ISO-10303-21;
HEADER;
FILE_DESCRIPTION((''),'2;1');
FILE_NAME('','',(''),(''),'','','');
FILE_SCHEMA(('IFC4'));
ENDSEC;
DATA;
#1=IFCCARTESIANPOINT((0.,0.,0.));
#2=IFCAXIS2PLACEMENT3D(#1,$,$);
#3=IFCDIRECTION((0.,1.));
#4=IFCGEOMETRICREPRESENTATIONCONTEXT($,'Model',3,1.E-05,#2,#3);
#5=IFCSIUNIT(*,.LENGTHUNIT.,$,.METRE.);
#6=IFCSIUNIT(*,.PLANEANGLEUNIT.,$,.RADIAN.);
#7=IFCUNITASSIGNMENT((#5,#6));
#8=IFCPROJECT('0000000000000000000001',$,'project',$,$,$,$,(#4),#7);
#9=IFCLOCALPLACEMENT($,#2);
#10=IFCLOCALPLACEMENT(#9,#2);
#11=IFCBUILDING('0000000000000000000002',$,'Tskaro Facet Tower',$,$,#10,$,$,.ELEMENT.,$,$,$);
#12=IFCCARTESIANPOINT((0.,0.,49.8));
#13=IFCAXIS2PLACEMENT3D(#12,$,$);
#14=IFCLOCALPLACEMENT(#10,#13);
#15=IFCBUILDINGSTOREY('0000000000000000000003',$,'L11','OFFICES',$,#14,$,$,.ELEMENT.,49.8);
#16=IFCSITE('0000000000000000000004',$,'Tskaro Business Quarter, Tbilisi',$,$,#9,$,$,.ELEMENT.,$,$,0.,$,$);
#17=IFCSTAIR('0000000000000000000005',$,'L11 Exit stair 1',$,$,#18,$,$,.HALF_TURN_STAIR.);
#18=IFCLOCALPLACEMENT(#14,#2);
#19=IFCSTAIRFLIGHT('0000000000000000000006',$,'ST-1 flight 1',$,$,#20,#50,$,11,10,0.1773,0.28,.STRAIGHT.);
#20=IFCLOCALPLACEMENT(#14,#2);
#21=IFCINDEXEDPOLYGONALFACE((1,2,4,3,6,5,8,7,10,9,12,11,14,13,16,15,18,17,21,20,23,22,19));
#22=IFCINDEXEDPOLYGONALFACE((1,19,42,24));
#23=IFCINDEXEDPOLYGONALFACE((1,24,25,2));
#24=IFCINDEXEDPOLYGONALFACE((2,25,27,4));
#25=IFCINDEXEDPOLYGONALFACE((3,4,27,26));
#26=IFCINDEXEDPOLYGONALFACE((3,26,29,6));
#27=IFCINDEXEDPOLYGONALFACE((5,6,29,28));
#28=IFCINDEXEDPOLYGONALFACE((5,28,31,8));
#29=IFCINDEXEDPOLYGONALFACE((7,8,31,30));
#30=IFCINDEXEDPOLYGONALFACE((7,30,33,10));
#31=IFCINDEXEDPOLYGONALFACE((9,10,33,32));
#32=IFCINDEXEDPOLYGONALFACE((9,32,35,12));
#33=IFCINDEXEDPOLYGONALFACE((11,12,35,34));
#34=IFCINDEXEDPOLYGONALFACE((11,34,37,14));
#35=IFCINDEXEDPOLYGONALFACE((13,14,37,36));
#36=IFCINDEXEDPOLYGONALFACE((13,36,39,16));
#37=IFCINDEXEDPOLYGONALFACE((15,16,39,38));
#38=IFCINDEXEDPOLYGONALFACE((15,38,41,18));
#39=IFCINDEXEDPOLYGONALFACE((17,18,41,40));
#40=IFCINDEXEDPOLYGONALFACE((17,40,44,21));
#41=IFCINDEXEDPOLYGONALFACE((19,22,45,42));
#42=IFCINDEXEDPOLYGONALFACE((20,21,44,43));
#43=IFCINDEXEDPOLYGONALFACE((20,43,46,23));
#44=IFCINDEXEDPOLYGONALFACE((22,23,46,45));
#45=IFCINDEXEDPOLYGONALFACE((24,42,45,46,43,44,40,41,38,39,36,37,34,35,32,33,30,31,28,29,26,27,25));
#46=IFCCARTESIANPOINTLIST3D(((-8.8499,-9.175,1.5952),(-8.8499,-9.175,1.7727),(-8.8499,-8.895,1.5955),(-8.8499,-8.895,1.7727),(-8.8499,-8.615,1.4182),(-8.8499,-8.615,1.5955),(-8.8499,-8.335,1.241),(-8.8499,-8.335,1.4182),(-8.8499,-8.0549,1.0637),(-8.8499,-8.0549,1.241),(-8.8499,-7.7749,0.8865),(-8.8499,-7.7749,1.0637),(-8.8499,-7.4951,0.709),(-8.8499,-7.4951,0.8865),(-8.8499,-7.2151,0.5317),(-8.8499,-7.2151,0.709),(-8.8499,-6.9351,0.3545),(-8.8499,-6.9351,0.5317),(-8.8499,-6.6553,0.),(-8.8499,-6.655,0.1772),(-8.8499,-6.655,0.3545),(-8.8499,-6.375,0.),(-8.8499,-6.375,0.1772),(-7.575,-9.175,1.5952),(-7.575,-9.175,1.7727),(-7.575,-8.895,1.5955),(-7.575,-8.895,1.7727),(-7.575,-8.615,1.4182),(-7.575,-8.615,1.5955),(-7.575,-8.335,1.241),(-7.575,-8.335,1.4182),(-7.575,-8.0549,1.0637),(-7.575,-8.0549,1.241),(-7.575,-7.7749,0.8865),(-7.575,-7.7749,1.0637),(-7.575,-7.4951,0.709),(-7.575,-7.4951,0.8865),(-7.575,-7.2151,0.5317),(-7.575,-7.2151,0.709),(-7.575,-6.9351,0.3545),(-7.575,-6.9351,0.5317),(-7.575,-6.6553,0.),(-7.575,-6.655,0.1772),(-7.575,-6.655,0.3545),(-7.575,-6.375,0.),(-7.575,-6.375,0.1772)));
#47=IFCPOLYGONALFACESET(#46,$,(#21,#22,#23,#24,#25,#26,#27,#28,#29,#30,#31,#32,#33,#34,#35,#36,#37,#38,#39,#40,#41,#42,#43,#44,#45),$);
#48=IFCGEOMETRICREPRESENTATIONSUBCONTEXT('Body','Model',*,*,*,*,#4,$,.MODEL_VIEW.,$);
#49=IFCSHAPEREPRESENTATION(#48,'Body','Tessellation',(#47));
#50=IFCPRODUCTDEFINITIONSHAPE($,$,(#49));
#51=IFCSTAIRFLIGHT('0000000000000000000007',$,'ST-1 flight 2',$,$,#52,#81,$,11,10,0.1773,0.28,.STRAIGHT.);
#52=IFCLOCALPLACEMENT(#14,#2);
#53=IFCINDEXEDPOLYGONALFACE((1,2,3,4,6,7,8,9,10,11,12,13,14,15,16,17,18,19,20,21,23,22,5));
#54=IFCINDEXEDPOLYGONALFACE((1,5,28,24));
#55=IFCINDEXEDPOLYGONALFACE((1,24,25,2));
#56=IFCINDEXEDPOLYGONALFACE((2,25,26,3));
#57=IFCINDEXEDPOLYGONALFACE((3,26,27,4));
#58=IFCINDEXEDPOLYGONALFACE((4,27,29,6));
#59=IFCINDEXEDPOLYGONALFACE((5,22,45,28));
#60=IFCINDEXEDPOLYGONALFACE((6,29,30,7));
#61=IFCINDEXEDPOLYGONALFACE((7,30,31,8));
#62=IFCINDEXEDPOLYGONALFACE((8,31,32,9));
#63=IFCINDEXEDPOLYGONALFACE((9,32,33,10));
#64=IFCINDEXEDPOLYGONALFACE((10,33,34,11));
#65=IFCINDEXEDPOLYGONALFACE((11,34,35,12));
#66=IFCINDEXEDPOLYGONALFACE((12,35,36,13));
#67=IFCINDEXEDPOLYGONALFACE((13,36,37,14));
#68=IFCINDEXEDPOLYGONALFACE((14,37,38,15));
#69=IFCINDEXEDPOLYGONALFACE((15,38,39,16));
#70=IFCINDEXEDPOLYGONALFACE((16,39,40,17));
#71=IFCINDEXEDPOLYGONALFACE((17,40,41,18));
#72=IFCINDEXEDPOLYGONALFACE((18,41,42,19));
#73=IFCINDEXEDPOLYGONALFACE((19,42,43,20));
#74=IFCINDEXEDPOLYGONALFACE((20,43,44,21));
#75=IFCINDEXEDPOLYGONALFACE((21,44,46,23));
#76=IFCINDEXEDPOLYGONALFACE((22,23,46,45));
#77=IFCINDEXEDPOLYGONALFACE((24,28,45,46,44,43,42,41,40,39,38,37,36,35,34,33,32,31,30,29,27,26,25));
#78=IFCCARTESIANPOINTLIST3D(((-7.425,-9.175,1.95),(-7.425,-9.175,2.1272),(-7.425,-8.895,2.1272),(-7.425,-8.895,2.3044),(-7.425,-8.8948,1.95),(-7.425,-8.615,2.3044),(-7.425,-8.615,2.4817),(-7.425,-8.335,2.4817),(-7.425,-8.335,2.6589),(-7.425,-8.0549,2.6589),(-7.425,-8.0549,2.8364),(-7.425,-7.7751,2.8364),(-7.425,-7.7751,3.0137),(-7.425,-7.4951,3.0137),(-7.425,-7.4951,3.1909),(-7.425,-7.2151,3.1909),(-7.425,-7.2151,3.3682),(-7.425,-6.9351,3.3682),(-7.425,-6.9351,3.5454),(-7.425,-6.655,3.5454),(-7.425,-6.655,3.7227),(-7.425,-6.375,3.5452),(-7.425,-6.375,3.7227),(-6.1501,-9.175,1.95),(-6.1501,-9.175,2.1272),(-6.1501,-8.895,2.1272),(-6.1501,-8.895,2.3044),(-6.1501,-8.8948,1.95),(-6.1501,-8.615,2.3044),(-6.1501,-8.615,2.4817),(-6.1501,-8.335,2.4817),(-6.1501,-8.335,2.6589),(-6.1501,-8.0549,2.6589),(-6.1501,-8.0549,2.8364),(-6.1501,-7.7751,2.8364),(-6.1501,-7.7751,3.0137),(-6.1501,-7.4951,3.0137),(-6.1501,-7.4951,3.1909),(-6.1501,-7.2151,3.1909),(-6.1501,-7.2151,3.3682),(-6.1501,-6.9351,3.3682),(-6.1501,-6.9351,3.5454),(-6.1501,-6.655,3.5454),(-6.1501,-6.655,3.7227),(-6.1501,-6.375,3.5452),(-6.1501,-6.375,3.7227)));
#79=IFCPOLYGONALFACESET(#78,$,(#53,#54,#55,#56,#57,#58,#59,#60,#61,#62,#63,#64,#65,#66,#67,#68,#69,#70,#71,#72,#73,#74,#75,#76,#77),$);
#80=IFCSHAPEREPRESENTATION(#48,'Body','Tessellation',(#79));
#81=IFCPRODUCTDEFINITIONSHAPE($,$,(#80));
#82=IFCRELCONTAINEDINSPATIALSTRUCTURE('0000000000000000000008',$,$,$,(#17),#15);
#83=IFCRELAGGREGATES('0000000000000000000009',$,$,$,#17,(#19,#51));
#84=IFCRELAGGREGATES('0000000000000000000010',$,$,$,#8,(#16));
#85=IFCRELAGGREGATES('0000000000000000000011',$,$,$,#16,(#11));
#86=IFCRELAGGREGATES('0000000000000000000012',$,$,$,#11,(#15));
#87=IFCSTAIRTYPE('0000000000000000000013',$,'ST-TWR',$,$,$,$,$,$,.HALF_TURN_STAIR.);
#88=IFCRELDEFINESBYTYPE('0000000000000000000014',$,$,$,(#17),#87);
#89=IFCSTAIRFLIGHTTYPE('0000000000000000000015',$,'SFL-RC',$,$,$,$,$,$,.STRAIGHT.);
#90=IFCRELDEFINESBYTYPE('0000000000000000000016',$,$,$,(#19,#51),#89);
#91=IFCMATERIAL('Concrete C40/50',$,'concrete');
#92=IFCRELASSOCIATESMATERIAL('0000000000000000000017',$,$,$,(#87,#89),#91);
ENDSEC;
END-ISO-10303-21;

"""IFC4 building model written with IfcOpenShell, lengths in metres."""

from ifc_helpers import new_model, si_unit, direction, frame, origin, place, context, subcontext, project, spatial, polyline, outline, extrude, material, type_object, element, aggregate, save


model = new_model("IFC4")

# Units and contexts
model_context = context("Model", 3, precision=1e-05, world=origin(), true_north=direction((0.0, 1.0)))
body_context = subcontext(model_context, "Body", "Model", "MODEL_VIEW")
ifc_project = project(units=[si_unit("LENGTHUNIT", "METRE"), si_unit("PLANEANGLEUNIT", "RADIAN")], contexts=[model_context])

# Site, building, storey
site_placement = place(None, origin())
site = spatial("IfcSite", under=ifc_project, at=site_placement, Name="Tskaro Business Quarter, Tbilisi", CompositionType="ELEMENT", RefElevation=0.0)
building_placement = place(site_placement, origin())
building = spatial("IfcBuilding", under=site, at=building_placement, Name="Tskaro Facet Tower", CompositionType="ELEMENT")
storey_placement = place(building_placement, frame((0.0, 0.0, 49.8)))
storey = spatial("IfcBuildingStorey", under=building, at=storey_placement, Name="L11", Description="OFFICES", CompositionType="ELEMENT", Elevation=49.8)

# Stair, stair flights
ifc_material_1 = material(Name="Concrete C40/50", Category="concrete")
stair_type = type_object("IfcStairType", Name="ST-TWR", PredefinedType="HALF_TURN_STAIR", material=ifc_material_1)
stair_placement = place(storey_placement, origin())
stair = element("IfcStair", 1, at=stair_placement, inside=storey, type_object=stair_type, Name="L11 Exit stair 1", PredefinedType="HALF_TURN_STAIR")
stair_flight_type = type_object("IfcStairFlightType", Name="SFL-RC", PredefinedType="STRAIGHT", material=ifc_material_1)
stair_flight_1_placement = place(storey_placement, frame((-8.2124, -6.375, 0.0), z_axis=(0.0, 0.0, 1.0), x_axis=(0.0, -1.0, 0.0)))
stair_flight_1 = element("IfcStairFlight", 2, at=stair_flight_1_placement, type_object=stair_flight_type, Name="ST-1 flight 1", NumberOfRisers=11, NumberOfTreads=10, PredefinedType="STRAIGHT", RiserHeight=0.1773, TreadLength=0.28, context=body_context, shape_type="SweptSolid", body=[
    extrude(outline(polyline([(0.0, 0.0), (0.0, 0.1772), (0.28, 0.1772), (0.28, 0.3545), (0.5601, 0.3545), (0.5601, 0.5317), (0.8401, 0.5317), (0.8401, 0.709), (1.1201, 0.709), (1.1201, 0.8865), (1.3999, 0.8865), (1.3999, 1.0637), (1.6799, 1.0637), (1.6799, 1.241), (1.96, 1.241), (1.96, 1.4182), (2.24, 1.4182), (2.24, 1.5955), (2.52, 1.5955), (2.52, 1.7727), (2.8, 1.7727), (2.8, 1.95), (2.8, 1.5952), (0.2803, 0.0), (0.0, 0.0)])), frame((0.0, 0.6375, 0.0), z_axis=(0.0, -1.0, 0.0), x_axis=(1.0, 0.0, 0.0)), (0.0, 0.0, 1.0), 1.2749),
])
stair_flight_2_placement = place(storey_placement, frame((-6.7876, -9.175, 1.95), z_axis=(0.0, 0.0, 1.0), x_axis=(0.0, 1.0, 0.0)))
stair_flight_2 = element("IfcStairFlight", 3, at=stair_flight_2_placement, type_object=stair_flight_type, Name="ST-1 flight 2", NumberOfRisers=11, NumberOfTreads=10, PredefinedType="STRAIGHT", RiserHeight=0.1773, TreadLength=0.28, context=body_context, shape_type="SweptSolid", body=[
    extrude(outline(polyline([(0.0, 0.0), (0.0, 0.1772), (0.28, 0.1772), (0.28, 0.3545), (0.5601, 0.3545), (0.5601, 0.5317), (0.8401, 0.5317), (0.8401, 0.709), (1.1201, 0.709), (1.1201, 0.8865), (1.3999, 0.8865), (1.3999, 1.0637), (1.6799, 1.0637), (1.6799, 1.241), (1.96, 1.241), (1.96, 1.4182), (2.24, 1.4182), (2.24, 1.5955), (2.52, 1.5955), (2.52, 1.7727), (2.8, 1.7727), (2.8, 1.95), (2.8, 1.5952), (0.2803, 0.0), (0.0, 0.0)])), frame((0.0, 0.6375, 0.0), z_axis=(0.0, -1.0, 0.0), x_axis=(1.0, 0.0, 0.0)), (0.0, 0.0, 1.0), 1.2749),
])
aggregate(stair, [stair_flight_1, stair_flight_2])

save(model, "model.ifc")
